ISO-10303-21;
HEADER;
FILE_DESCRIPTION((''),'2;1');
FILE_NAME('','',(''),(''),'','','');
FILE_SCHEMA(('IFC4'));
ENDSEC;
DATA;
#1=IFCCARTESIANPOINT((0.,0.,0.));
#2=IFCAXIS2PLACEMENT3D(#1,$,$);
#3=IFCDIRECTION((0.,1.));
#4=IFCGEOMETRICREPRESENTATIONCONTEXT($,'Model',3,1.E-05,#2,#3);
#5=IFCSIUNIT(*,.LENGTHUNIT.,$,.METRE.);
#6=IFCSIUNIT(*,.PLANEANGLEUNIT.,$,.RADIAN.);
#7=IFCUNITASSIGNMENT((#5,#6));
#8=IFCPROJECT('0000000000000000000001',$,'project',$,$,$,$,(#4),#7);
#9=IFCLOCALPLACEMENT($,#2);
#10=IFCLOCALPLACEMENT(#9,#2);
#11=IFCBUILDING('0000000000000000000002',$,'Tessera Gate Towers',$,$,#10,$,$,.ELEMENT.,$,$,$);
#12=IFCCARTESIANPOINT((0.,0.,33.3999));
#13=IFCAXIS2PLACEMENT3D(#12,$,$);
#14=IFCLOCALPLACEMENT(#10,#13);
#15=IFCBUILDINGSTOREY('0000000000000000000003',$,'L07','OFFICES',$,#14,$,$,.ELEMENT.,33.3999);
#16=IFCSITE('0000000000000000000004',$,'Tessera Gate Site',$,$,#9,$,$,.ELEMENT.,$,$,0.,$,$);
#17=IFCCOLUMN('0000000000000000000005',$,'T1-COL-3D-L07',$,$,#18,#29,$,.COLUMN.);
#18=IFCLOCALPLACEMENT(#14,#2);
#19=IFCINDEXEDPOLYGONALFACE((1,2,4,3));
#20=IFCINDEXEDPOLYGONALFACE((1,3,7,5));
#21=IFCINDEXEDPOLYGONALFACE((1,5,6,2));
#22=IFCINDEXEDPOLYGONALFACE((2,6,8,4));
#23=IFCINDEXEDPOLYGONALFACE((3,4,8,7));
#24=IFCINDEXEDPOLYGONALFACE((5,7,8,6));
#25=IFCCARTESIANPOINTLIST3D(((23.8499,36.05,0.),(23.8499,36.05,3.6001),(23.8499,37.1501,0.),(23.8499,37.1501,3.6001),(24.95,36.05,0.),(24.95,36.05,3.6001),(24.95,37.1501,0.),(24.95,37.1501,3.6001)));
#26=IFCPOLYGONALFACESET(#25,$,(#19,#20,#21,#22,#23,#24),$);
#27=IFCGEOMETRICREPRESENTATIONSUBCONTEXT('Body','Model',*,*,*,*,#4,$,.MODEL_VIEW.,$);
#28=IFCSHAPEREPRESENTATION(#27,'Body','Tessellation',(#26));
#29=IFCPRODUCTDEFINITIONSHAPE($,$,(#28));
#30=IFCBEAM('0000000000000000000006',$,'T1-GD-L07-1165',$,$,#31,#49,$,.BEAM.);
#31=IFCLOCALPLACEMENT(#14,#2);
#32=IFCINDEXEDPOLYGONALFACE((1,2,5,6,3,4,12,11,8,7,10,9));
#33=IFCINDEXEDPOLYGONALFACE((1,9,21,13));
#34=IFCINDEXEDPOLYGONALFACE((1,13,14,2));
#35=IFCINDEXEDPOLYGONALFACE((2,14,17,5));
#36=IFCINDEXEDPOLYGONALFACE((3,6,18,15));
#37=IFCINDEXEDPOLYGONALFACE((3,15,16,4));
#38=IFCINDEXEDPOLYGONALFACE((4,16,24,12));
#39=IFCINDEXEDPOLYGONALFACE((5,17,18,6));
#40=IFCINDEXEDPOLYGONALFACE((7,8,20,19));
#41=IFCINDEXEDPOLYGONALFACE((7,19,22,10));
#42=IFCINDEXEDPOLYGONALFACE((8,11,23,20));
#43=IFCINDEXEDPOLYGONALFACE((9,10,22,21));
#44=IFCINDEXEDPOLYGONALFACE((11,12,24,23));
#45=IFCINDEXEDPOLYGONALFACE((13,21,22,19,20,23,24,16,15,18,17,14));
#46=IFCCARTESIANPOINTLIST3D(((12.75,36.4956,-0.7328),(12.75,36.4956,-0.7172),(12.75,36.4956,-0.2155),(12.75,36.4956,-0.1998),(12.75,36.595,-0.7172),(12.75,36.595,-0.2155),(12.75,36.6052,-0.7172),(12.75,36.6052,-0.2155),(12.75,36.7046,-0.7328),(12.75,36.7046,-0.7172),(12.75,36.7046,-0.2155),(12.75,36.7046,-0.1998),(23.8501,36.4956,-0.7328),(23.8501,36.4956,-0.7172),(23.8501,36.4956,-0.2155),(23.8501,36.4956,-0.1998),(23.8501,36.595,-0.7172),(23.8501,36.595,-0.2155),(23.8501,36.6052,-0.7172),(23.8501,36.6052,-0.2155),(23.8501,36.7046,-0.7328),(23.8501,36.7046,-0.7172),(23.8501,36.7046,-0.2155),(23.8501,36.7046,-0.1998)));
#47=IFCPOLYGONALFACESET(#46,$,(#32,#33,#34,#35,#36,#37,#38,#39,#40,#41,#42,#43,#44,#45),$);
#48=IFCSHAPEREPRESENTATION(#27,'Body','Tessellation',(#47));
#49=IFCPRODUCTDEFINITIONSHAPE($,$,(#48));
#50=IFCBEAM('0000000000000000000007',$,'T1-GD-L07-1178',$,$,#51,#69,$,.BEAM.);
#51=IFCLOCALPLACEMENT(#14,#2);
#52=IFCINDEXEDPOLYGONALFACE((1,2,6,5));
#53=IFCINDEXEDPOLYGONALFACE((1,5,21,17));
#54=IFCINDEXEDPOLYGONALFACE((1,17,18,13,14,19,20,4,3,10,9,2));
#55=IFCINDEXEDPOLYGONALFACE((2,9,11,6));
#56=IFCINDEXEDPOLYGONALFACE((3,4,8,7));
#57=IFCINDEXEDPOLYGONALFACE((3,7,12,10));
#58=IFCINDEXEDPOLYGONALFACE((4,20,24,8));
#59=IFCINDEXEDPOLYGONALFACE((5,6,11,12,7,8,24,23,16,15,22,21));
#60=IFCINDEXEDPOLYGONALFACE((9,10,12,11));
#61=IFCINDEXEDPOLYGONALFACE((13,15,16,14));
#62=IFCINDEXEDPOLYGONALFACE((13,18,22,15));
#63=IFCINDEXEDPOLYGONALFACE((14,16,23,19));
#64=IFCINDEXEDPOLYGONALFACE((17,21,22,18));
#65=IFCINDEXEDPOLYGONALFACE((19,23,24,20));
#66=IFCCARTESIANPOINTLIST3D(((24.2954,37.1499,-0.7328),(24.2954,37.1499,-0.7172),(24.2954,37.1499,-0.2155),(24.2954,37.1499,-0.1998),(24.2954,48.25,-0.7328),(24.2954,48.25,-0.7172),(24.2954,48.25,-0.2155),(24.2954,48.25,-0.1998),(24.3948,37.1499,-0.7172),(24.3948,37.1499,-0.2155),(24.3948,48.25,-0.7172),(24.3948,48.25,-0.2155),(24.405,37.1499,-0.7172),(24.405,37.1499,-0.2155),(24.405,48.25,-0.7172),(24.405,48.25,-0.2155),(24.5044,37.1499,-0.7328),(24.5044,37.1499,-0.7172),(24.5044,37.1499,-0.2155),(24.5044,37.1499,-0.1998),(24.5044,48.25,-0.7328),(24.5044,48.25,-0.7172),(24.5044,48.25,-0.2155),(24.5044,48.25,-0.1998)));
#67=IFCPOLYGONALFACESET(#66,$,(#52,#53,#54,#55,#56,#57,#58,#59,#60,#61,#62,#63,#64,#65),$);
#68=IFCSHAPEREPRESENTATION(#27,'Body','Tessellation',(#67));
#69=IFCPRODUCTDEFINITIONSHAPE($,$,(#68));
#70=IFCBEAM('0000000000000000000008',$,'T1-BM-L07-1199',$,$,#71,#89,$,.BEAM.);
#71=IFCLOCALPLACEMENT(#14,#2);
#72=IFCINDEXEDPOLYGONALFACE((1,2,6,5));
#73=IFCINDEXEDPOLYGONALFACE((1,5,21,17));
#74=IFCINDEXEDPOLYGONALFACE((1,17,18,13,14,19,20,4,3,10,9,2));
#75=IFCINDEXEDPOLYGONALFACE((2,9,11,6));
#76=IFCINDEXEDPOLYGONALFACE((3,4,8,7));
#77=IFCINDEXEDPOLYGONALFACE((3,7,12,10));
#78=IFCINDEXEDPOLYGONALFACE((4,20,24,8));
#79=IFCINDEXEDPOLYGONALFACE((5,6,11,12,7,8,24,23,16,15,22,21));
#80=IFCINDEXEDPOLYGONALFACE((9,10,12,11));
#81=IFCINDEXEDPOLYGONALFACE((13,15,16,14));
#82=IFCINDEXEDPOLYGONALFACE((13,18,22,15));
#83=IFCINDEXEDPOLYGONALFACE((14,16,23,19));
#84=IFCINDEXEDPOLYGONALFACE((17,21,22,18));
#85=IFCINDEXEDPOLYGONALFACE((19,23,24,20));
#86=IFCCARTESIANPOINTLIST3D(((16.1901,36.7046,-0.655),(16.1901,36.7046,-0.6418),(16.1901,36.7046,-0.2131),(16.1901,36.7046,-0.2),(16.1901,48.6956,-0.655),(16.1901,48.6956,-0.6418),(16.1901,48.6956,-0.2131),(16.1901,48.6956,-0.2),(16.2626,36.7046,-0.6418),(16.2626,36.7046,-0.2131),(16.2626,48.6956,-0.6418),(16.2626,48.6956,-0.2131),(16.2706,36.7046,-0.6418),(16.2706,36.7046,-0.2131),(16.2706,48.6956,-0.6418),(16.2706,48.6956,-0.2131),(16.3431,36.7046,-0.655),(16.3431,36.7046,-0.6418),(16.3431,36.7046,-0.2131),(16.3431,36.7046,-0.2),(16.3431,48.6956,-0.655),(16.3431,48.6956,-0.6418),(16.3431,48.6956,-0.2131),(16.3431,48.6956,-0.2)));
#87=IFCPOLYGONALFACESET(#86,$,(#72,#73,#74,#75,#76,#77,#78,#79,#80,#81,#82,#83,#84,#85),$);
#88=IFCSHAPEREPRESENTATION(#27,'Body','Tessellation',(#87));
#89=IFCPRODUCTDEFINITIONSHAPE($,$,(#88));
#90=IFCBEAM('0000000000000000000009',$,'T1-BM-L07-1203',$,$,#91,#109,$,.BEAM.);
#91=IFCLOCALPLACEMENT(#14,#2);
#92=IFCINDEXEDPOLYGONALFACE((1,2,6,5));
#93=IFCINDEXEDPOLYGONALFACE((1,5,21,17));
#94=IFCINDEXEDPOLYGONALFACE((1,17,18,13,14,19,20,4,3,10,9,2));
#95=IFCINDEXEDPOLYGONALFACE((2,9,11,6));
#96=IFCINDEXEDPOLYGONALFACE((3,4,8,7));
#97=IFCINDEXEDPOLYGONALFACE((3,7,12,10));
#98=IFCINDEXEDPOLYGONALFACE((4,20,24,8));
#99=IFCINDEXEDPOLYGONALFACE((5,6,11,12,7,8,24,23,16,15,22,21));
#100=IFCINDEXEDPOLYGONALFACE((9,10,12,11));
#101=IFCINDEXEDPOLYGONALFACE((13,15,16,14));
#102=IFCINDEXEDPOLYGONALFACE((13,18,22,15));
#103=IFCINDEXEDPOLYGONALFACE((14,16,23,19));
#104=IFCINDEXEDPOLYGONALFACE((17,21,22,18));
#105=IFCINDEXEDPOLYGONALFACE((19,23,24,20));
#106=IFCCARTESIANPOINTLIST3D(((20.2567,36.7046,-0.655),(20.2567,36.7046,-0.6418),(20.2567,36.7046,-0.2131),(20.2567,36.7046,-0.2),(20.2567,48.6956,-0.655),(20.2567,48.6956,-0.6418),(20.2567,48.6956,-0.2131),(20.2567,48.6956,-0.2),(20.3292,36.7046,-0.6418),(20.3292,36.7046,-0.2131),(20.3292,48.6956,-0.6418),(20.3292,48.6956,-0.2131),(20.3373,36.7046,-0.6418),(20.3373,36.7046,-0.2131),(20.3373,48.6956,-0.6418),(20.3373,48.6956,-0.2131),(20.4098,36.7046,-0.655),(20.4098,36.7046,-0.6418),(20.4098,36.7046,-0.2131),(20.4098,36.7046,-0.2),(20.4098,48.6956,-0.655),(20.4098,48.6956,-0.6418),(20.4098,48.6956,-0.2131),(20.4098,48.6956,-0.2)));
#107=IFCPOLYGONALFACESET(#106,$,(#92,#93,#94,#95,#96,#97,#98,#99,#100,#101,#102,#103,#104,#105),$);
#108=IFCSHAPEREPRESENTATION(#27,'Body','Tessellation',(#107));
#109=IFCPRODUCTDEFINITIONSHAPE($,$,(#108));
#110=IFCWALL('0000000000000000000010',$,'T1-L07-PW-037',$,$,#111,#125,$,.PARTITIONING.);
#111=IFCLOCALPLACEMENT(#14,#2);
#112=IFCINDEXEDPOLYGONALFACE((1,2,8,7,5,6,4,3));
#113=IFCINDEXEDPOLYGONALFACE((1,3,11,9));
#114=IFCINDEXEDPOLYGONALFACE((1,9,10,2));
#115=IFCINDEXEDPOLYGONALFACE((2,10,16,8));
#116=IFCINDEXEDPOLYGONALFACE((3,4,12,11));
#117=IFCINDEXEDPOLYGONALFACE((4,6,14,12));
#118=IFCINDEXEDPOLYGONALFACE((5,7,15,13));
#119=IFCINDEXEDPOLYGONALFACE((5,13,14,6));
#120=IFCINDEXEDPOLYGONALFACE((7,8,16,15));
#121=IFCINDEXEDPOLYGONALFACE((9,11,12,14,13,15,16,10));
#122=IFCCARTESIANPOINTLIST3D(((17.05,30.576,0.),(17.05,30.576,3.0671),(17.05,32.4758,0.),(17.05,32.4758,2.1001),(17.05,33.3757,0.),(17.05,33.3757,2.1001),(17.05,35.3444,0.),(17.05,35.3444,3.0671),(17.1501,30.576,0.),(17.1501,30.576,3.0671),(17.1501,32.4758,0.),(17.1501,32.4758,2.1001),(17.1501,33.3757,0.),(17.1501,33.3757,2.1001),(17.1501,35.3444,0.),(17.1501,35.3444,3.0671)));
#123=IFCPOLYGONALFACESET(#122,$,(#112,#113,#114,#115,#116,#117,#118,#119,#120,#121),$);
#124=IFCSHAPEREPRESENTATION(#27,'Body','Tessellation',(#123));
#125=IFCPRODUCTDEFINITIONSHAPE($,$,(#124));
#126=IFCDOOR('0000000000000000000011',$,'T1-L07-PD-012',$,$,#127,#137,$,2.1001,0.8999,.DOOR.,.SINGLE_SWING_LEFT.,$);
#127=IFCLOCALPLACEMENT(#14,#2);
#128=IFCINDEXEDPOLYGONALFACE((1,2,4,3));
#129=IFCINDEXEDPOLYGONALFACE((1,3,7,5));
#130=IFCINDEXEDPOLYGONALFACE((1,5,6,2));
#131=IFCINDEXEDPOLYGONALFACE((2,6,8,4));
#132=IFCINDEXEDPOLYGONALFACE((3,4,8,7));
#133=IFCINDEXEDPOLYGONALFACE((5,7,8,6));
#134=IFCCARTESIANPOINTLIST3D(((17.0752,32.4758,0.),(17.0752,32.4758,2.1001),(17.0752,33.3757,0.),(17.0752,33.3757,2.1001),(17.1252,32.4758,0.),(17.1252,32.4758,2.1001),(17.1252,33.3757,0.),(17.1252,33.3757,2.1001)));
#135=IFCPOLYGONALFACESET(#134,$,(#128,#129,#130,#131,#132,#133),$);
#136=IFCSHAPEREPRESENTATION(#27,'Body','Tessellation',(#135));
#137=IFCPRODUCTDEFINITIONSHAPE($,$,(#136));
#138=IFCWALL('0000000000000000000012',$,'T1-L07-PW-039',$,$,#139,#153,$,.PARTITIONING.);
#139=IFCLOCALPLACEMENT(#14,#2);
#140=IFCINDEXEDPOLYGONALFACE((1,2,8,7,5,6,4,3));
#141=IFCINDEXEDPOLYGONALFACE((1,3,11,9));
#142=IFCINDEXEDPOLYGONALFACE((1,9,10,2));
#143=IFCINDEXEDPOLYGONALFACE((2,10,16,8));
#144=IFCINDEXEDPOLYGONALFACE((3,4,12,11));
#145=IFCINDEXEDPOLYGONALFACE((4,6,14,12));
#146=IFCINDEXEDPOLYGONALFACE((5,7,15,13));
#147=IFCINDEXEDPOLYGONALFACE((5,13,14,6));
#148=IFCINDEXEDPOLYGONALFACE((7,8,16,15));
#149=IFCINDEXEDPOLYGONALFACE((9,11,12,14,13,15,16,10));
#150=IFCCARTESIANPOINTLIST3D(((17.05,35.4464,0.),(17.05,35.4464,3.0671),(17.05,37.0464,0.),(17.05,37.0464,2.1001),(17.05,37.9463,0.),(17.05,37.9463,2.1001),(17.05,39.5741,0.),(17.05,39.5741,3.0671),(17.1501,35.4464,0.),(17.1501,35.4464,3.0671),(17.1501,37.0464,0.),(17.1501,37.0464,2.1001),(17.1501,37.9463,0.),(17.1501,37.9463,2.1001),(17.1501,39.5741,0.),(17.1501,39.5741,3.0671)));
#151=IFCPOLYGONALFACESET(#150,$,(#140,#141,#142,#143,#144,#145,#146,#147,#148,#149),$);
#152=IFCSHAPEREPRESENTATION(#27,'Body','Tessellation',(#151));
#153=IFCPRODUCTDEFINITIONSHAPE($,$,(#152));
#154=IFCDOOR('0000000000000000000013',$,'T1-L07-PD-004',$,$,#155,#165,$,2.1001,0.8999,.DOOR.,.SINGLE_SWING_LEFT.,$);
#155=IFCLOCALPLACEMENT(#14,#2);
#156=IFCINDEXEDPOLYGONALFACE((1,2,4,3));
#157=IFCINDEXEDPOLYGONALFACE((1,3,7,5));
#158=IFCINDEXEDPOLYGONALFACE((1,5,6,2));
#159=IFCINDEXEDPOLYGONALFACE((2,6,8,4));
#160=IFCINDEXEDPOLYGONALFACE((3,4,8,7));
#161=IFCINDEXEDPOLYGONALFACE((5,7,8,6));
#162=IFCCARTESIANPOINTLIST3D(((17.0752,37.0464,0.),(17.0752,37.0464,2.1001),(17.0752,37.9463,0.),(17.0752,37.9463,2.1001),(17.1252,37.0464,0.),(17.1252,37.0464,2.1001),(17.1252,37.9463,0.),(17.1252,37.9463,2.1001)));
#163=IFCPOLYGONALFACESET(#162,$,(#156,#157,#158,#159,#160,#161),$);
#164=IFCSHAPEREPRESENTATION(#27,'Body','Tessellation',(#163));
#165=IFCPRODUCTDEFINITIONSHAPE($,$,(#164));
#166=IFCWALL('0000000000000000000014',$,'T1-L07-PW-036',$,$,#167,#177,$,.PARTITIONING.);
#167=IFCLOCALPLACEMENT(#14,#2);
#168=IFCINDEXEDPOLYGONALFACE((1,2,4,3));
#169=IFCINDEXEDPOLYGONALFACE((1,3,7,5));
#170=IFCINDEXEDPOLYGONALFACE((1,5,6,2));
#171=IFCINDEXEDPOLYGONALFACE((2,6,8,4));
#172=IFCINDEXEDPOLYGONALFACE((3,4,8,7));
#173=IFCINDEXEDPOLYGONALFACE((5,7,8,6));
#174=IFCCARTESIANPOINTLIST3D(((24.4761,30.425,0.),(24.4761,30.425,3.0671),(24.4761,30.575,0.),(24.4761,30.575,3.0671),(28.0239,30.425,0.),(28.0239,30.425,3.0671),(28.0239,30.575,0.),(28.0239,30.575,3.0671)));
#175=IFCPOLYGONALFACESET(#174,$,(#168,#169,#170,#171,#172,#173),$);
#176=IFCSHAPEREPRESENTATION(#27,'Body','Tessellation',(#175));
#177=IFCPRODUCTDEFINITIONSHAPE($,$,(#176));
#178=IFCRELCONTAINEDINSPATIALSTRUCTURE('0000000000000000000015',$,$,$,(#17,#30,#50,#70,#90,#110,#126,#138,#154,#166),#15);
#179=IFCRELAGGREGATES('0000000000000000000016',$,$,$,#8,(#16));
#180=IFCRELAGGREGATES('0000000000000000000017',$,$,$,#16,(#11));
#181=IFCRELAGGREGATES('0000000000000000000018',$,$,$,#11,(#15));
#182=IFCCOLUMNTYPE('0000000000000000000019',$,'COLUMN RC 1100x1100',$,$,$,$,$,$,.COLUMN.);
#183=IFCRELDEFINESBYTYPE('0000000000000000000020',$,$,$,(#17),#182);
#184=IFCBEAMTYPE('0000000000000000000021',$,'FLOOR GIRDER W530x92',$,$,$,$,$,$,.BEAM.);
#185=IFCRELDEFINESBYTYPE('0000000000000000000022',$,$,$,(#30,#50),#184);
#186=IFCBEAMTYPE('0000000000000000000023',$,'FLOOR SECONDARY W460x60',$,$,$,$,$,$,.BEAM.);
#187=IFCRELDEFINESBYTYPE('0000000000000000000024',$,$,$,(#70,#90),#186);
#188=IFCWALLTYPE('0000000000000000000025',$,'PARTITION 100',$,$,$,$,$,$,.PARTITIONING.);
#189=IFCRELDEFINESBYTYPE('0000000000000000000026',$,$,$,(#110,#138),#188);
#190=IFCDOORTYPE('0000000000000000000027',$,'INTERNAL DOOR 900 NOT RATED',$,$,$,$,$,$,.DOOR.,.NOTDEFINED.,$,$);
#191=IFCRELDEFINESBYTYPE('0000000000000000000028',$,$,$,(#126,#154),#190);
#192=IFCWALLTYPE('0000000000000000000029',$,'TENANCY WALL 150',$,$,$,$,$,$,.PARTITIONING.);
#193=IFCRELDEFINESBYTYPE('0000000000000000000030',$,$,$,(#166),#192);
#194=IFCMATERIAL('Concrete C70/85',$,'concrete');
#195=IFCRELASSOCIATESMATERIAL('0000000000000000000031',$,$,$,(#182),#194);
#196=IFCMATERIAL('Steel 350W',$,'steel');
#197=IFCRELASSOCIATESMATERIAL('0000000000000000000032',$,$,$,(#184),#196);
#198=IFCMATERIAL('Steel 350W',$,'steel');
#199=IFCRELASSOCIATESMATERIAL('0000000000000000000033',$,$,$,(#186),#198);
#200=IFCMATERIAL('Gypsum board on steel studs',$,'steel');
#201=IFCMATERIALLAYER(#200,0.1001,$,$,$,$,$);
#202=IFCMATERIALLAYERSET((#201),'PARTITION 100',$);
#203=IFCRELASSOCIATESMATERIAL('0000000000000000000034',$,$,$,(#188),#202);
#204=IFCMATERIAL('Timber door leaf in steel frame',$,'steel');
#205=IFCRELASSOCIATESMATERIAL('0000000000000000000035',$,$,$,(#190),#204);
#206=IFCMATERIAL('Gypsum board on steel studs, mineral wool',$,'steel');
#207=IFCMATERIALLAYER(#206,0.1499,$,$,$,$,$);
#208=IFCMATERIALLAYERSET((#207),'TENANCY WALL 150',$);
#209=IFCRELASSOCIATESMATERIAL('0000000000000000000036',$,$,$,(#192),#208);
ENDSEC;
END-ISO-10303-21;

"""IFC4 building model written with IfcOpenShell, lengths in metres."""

from ifc_helpers import new_model, si_unit, direction, frame, frame_2d, origin, origin_2d, place, context, subcontext, project, spatial, rectangle, i_section, extrude, source, transform, mapped, material, layer, layer_set, material_profile, profile_set, type_object, element, fill, save


model = new_model("IFC4")

# Units and contexts
model_context = context("Model", 3, precision=1e-05, world=origin(), true_north=direction((0.0, 1.0)))
body_context = subcontext(model_context, "Body", "Model", "MODEL_VIEW")
ifc_project = project(units=[si_unit("LENGTHUNIT", "METRE"), si_unit("PLANEANGLEUNIT", "RADIAN")], contexts=[model_context])

# Site, building, storey
site_placement = place(None, origin())
site = spatial("IfcSite", under=ifc_project, at=site_placement, Name="Tessera Gate Site", CompositionType="ELEMENT", RefElevation=0.0)
building_placement = place(site_placement, origin())
building = spatial("IfcBuilding", under=site, at=building_placement, Name="Tessera Gate Towers", CompositionType="ELEMENT")
storey_placement = place(building_placement, frame((0.0, 0.0, 33.3999)))
storey = spatial("IfcBuildingStorey", under=building, at=storey_placement, Name="L07", Description="OFFICES", CompositionType="ELEMENT", Elevation=33.3999)

# Column
ifc_material_1 = material(Name="Concrete C70/85", Category="concrete")
ifc_material_profile_1 = material_profile(ifc_material_1, rectangle(XDim=1.1001, YDim=1.1001, at=origin_2d()), Name="RC 1100x1100")
ifc_profile_set_1 = profile_set([ifc_material_profile_1], Name="Concrete C70/85")
column_type = type_object("IfcColumnType", Name="COLUMN RC 1100x1100", PredefinedType="COLUMN", material=ifc_profile_set_1)
column_placement = place(storey_placement, frame((24.3999, 36.6001, 0.0), z_axis=(0.0, 0.0, 1.0), x_axis=(1.0, 0.0, 0.0)))
element("IfcColumn", 1, at=column_placement, inside=storey, type_object=column_type, Name="T1-COL-3D-L07", PredefinedType="COLUMN", context=body_context, shape_type="SweptSolid", body=[
    extrude(rectangle(XDim=1.1001, YDim=1.1001, at=origin_2d()), origin(), (0.0, 0.0, 1.0), 3.6001),
])

# Beams
ifc_material_2 = material(Name="Steel 350W", Category="steel")
ifc_material_profile_2 = material_profile(ifc_material_2, i_section(OverallWidth=0.209, OverallDepth=0.533, WebThickness=0.0103, FlangeThickness=0.0156, at=origin_2d()), Name="W530x92")
ifc_profile_set_2 = profile_set([ifc_material_profile_2], Name="Steel 350W")
beam_type_1 = type_object("IfcBeamType", Name="FLOOR GIRDER W530x92", PredefinedType="BEAM", material=ifc_profile_set_2)
for number, where, z_axis, x_axis, name in (
    (2, (12.75, 36.6001, -0.4663), (1.0, 0.0, 0.0), (0.0, 1.0, 0.0), "T1-GD-L07-1165"),
    (3, (24.3999, 37.1499, -0.4663), (0.0, 1.0, 0.0), (-1.0, 0.0, 0.0), "T1-GD-L07-1178"),
):
    element("IfcBeam", number, at=place(storey_placement, frame(where, z_axis=z_axis, x_axis=x_axis)), inside=storey, type_object=beam_type_1, Name=name, PredefinedType="BEAM", context=body_context, shape_type="SweptSolid", body=[
        extrude(i_section(OverallWidth=0.209, OverallDepth=0.533, WebThickness=0.0103, FlangeThickness=0.0156, at=origin_2d()), origin(), (0.0, 0.0, 1.0), 11.1001),
    ])
ifc_material_3 = material(Name="Steel 350W", Category="steel")
ifc_material_profile_3 = material_profile(ifc_material_3, i_section(OverallWidth=0.1531, OverallDepth=0.4551, WebThickness=0.0081, FlangeThickness=0.0132, at=origin_2d()), Name="W460x60")
ifc_profile_set_3 = profile_set([ifc_material_profile_3], Name="Steel 350W")
beam_type_2 = type_object("IfcBeamType", Name="FLOOR SECONDARY W460x60", PredefinedType="BEAM", material=ifc_profile_set_3)
for number, where, z_axis, x_axis, name in (
    (4, (16.2666, 36.7046, -0.4275), (0.0, 1.0, 0.0), (-1.0, 0.0, 0.0), "T1-BM-L07-1199"),
    (5, (20.3333, 36.7046, -0.4275), (0.0, 1.0, 0.0), (-1.0, 0.0, 0.0), "T1-BM-L07-1203"),
):
    element("IfcBeam", number, at=place(storey_placement, frame(where, z_axis=z_axis, x_axis=x_axis)), inside=storey, type_object=beam_type_2, Name=name, PredefinedType="BEAM", context=body_context, shape_type="SweptSolid", body=[
        extrude(i_section(OverallWidth=0.1531, OverallDepth=0.4551, WebThickness=0.0081, FlangeThickness=0.0132, at=origin_2d()), origin(), (0.0, 0.0, 1.0), 11.991),
    ])

# Walls, openings, doors
ifc_material_4 = material(Name="Gypsum board on steel studs", Category="steel")
ifc_layer_1 = layer(ifc_material_4, 0.1001)
ifc_layer_set_1 = layer_set([ifc_layer_1], Name="PARTITION 100")
wall_type_1 = type_object("IfcWallType", Name="PARTITION 100", PredefinedType="PARTITIONING", material=ifc_layer_set_1)
wall_1_placement = place(storey_placement, frame((17.1001, 30.5759, 0.0), z_axis=(0.0, 0.0, 1.0), x_axis=(0.0, 1.0, 0.0)))
wall_1 = element("IfcWall", 6, at=wall_1_placement, inside=storey, type_object=wall_type_1, Name="T1-L07-PW-037", PredefinedType="PARTITIONING", context=body_context, shape_type="SweptSolid", body=[
    extrude(rectangle(XDim=4.7683, YDim=0.1001, at=frame_2d((2.3843, 0.0))), origin(), (0.0, 0.0, 1.0), 3.0671),
])
shared_shape_1 = source(origin(), body_context, "Body", "SweptSolid", [
    extrude(rectangle(XDim=0.8999, YDim=2.1001, at=frame_2d((0.45, 1.05))), frame((0.0, 0.0601, 0.0), z_axis=(0.0, -1.0, 0.0), x_axis=(1.0, 0.0, 0.0)), (0.0, 0.0, 1.0), 0.1201),
])
opening_1_placement = place(wall_1_placement, frame((1.8999, 0.0, 0.0)))
opening_1 = element("IfcOpeningElement", 7, at=opening_1_placement, cuts=wall_1, PredefinedType="OPENING", context=body_context, shape_type="MappedRepresentation", body=[
    mapped(shared_shape_1, transform((0.0, 0.0, 0.0), scale=1.0)),
])
ifc_material_5 = material(Name="Timber door leaf in steel frame", Category="steel")
door_type = type_object("IfcDoorType", Name="INTERNAL DOOR 900 NOT RATED", OperationType="NOTDEFINED", PredefinedType="DOOR", material=ifc_material_5)
shared_shape_2 = source(origin(), body_context, "Body", "SweptSolid", [
    extrude(rectangle(XDim=0.8999, YDim=2.1001, at=frame_2d((0.45, 1.05))), frame((0.0, 0.0249, 0.0), z_axis=(0.0, -1.0, 0.0), x_axis=(1.0, 0.0, 0.0)), (0.0, 0.0, 1.0), 0.05),
])
door_1_placement = place(opening_1_placement, origin())
door_1 = element("IfcDoor", 8, at=door_1_placement, inside=storey, type_object=door_type, Name="T1-L07-PD-012", OperationType="SINGLE_SWING_LEFT", OverallHeight=2.1001, OverallWidth=0.8999, PredefinedType="DOOR", context=body_context, shape_type="MappedRepresentation", body=[
    mapped(shared_shape_2, transform((0.0, 0.0, 0.0), scale=1.0)),
])
fill(opening_1, door_1)
wall_2_placement = place(storey_placement, frame((17.1001, 35.4463, 0.0), z_axis=(0.0, 0.0, 1.0), x_axis=(0.0, 1.0, 0.0)))
wall_2 = element("IfcWall", 9, at=wall_2_placement, inside=storey, type_object=wall_type_1, Name="T1-L07-PW-039", PredefinedType="PARTITIONING", context=body_context, shape_type="SweptSolid", body=[
    extrude(rectangle(XDim=4.1277, YDim=0.1001, at=frame_2d((2.064, 0.0))), origin(), (0.0, 0.0, 1.0), 3.0671),
])
opening_2_placement = place(wall_2_placement, frame((1.6001, 0.0, 0.0)))
opening_2 = element("IfcOpeningElement", 10, at=opening_2_placement, cuts=wall_2, PredefinedType="OPENING", context=body_context, shape_type="MappedRepresentation", body=[
    mapped(shared_shape_1, transform((0.0, 0.0, 0.0), scale=1.0)),
])
door_2_placement = place(opening_2_placement, origin())
door_2 = element("IfcDoor", 11, at=door_2_placement, inside=storey, type_object=door_type, Name="T1-L07-PD-004", OperationType="SINGLE_SWING_LEFT", OverallHeight=2.1001, OverallWidth=0.8999, PredefinedType="DOOR", context=body_context, shape_type="MappedRepresentation", body=[
    mapped(shared_shape_2, transform((0.0, 0.0, 0.0), scale=1.0)),
])
fill(opening_2, door_2)

# Wall
ifc_material_6 = material(Name="Gypsum board on steel studs, mineral wool", Category="steel")
ifc_layer_2 = layer(ifc_material_6, 0.1499)
ifc_layer_set_2 = layer_set([ifc_layer_2], Name="TENANCY WALL 150")
wall_type_2 = type_object("IfcWallType", Name="TENANCY WALL 150", PredefinedType="PARTITIONING", material=ifc_layer_set_2)
wall_3_placement = place(storey_placement, frame((24.4761, 30.5, 0.0), z_axis=(0.0, 0.0, 1.0), x_axis=(1.0, 0.0, 0.0)))
element("IfcWall", 12, at=wall_3_placement, inside=storey, type_object=wall_type_2, Name="T1-L07-PW-036", PredefinedType="PARTITIONING", context=body_context, shape_type="SweptSolid", body=[
    extrude(rectangle(XDim=3.5479, YDim=0.1499, at=frame_2d((1.7739, 0.0))), origin(), (0.0, 0.0, 1.0), 3.0671),
])

save(model, "model.ifc")
